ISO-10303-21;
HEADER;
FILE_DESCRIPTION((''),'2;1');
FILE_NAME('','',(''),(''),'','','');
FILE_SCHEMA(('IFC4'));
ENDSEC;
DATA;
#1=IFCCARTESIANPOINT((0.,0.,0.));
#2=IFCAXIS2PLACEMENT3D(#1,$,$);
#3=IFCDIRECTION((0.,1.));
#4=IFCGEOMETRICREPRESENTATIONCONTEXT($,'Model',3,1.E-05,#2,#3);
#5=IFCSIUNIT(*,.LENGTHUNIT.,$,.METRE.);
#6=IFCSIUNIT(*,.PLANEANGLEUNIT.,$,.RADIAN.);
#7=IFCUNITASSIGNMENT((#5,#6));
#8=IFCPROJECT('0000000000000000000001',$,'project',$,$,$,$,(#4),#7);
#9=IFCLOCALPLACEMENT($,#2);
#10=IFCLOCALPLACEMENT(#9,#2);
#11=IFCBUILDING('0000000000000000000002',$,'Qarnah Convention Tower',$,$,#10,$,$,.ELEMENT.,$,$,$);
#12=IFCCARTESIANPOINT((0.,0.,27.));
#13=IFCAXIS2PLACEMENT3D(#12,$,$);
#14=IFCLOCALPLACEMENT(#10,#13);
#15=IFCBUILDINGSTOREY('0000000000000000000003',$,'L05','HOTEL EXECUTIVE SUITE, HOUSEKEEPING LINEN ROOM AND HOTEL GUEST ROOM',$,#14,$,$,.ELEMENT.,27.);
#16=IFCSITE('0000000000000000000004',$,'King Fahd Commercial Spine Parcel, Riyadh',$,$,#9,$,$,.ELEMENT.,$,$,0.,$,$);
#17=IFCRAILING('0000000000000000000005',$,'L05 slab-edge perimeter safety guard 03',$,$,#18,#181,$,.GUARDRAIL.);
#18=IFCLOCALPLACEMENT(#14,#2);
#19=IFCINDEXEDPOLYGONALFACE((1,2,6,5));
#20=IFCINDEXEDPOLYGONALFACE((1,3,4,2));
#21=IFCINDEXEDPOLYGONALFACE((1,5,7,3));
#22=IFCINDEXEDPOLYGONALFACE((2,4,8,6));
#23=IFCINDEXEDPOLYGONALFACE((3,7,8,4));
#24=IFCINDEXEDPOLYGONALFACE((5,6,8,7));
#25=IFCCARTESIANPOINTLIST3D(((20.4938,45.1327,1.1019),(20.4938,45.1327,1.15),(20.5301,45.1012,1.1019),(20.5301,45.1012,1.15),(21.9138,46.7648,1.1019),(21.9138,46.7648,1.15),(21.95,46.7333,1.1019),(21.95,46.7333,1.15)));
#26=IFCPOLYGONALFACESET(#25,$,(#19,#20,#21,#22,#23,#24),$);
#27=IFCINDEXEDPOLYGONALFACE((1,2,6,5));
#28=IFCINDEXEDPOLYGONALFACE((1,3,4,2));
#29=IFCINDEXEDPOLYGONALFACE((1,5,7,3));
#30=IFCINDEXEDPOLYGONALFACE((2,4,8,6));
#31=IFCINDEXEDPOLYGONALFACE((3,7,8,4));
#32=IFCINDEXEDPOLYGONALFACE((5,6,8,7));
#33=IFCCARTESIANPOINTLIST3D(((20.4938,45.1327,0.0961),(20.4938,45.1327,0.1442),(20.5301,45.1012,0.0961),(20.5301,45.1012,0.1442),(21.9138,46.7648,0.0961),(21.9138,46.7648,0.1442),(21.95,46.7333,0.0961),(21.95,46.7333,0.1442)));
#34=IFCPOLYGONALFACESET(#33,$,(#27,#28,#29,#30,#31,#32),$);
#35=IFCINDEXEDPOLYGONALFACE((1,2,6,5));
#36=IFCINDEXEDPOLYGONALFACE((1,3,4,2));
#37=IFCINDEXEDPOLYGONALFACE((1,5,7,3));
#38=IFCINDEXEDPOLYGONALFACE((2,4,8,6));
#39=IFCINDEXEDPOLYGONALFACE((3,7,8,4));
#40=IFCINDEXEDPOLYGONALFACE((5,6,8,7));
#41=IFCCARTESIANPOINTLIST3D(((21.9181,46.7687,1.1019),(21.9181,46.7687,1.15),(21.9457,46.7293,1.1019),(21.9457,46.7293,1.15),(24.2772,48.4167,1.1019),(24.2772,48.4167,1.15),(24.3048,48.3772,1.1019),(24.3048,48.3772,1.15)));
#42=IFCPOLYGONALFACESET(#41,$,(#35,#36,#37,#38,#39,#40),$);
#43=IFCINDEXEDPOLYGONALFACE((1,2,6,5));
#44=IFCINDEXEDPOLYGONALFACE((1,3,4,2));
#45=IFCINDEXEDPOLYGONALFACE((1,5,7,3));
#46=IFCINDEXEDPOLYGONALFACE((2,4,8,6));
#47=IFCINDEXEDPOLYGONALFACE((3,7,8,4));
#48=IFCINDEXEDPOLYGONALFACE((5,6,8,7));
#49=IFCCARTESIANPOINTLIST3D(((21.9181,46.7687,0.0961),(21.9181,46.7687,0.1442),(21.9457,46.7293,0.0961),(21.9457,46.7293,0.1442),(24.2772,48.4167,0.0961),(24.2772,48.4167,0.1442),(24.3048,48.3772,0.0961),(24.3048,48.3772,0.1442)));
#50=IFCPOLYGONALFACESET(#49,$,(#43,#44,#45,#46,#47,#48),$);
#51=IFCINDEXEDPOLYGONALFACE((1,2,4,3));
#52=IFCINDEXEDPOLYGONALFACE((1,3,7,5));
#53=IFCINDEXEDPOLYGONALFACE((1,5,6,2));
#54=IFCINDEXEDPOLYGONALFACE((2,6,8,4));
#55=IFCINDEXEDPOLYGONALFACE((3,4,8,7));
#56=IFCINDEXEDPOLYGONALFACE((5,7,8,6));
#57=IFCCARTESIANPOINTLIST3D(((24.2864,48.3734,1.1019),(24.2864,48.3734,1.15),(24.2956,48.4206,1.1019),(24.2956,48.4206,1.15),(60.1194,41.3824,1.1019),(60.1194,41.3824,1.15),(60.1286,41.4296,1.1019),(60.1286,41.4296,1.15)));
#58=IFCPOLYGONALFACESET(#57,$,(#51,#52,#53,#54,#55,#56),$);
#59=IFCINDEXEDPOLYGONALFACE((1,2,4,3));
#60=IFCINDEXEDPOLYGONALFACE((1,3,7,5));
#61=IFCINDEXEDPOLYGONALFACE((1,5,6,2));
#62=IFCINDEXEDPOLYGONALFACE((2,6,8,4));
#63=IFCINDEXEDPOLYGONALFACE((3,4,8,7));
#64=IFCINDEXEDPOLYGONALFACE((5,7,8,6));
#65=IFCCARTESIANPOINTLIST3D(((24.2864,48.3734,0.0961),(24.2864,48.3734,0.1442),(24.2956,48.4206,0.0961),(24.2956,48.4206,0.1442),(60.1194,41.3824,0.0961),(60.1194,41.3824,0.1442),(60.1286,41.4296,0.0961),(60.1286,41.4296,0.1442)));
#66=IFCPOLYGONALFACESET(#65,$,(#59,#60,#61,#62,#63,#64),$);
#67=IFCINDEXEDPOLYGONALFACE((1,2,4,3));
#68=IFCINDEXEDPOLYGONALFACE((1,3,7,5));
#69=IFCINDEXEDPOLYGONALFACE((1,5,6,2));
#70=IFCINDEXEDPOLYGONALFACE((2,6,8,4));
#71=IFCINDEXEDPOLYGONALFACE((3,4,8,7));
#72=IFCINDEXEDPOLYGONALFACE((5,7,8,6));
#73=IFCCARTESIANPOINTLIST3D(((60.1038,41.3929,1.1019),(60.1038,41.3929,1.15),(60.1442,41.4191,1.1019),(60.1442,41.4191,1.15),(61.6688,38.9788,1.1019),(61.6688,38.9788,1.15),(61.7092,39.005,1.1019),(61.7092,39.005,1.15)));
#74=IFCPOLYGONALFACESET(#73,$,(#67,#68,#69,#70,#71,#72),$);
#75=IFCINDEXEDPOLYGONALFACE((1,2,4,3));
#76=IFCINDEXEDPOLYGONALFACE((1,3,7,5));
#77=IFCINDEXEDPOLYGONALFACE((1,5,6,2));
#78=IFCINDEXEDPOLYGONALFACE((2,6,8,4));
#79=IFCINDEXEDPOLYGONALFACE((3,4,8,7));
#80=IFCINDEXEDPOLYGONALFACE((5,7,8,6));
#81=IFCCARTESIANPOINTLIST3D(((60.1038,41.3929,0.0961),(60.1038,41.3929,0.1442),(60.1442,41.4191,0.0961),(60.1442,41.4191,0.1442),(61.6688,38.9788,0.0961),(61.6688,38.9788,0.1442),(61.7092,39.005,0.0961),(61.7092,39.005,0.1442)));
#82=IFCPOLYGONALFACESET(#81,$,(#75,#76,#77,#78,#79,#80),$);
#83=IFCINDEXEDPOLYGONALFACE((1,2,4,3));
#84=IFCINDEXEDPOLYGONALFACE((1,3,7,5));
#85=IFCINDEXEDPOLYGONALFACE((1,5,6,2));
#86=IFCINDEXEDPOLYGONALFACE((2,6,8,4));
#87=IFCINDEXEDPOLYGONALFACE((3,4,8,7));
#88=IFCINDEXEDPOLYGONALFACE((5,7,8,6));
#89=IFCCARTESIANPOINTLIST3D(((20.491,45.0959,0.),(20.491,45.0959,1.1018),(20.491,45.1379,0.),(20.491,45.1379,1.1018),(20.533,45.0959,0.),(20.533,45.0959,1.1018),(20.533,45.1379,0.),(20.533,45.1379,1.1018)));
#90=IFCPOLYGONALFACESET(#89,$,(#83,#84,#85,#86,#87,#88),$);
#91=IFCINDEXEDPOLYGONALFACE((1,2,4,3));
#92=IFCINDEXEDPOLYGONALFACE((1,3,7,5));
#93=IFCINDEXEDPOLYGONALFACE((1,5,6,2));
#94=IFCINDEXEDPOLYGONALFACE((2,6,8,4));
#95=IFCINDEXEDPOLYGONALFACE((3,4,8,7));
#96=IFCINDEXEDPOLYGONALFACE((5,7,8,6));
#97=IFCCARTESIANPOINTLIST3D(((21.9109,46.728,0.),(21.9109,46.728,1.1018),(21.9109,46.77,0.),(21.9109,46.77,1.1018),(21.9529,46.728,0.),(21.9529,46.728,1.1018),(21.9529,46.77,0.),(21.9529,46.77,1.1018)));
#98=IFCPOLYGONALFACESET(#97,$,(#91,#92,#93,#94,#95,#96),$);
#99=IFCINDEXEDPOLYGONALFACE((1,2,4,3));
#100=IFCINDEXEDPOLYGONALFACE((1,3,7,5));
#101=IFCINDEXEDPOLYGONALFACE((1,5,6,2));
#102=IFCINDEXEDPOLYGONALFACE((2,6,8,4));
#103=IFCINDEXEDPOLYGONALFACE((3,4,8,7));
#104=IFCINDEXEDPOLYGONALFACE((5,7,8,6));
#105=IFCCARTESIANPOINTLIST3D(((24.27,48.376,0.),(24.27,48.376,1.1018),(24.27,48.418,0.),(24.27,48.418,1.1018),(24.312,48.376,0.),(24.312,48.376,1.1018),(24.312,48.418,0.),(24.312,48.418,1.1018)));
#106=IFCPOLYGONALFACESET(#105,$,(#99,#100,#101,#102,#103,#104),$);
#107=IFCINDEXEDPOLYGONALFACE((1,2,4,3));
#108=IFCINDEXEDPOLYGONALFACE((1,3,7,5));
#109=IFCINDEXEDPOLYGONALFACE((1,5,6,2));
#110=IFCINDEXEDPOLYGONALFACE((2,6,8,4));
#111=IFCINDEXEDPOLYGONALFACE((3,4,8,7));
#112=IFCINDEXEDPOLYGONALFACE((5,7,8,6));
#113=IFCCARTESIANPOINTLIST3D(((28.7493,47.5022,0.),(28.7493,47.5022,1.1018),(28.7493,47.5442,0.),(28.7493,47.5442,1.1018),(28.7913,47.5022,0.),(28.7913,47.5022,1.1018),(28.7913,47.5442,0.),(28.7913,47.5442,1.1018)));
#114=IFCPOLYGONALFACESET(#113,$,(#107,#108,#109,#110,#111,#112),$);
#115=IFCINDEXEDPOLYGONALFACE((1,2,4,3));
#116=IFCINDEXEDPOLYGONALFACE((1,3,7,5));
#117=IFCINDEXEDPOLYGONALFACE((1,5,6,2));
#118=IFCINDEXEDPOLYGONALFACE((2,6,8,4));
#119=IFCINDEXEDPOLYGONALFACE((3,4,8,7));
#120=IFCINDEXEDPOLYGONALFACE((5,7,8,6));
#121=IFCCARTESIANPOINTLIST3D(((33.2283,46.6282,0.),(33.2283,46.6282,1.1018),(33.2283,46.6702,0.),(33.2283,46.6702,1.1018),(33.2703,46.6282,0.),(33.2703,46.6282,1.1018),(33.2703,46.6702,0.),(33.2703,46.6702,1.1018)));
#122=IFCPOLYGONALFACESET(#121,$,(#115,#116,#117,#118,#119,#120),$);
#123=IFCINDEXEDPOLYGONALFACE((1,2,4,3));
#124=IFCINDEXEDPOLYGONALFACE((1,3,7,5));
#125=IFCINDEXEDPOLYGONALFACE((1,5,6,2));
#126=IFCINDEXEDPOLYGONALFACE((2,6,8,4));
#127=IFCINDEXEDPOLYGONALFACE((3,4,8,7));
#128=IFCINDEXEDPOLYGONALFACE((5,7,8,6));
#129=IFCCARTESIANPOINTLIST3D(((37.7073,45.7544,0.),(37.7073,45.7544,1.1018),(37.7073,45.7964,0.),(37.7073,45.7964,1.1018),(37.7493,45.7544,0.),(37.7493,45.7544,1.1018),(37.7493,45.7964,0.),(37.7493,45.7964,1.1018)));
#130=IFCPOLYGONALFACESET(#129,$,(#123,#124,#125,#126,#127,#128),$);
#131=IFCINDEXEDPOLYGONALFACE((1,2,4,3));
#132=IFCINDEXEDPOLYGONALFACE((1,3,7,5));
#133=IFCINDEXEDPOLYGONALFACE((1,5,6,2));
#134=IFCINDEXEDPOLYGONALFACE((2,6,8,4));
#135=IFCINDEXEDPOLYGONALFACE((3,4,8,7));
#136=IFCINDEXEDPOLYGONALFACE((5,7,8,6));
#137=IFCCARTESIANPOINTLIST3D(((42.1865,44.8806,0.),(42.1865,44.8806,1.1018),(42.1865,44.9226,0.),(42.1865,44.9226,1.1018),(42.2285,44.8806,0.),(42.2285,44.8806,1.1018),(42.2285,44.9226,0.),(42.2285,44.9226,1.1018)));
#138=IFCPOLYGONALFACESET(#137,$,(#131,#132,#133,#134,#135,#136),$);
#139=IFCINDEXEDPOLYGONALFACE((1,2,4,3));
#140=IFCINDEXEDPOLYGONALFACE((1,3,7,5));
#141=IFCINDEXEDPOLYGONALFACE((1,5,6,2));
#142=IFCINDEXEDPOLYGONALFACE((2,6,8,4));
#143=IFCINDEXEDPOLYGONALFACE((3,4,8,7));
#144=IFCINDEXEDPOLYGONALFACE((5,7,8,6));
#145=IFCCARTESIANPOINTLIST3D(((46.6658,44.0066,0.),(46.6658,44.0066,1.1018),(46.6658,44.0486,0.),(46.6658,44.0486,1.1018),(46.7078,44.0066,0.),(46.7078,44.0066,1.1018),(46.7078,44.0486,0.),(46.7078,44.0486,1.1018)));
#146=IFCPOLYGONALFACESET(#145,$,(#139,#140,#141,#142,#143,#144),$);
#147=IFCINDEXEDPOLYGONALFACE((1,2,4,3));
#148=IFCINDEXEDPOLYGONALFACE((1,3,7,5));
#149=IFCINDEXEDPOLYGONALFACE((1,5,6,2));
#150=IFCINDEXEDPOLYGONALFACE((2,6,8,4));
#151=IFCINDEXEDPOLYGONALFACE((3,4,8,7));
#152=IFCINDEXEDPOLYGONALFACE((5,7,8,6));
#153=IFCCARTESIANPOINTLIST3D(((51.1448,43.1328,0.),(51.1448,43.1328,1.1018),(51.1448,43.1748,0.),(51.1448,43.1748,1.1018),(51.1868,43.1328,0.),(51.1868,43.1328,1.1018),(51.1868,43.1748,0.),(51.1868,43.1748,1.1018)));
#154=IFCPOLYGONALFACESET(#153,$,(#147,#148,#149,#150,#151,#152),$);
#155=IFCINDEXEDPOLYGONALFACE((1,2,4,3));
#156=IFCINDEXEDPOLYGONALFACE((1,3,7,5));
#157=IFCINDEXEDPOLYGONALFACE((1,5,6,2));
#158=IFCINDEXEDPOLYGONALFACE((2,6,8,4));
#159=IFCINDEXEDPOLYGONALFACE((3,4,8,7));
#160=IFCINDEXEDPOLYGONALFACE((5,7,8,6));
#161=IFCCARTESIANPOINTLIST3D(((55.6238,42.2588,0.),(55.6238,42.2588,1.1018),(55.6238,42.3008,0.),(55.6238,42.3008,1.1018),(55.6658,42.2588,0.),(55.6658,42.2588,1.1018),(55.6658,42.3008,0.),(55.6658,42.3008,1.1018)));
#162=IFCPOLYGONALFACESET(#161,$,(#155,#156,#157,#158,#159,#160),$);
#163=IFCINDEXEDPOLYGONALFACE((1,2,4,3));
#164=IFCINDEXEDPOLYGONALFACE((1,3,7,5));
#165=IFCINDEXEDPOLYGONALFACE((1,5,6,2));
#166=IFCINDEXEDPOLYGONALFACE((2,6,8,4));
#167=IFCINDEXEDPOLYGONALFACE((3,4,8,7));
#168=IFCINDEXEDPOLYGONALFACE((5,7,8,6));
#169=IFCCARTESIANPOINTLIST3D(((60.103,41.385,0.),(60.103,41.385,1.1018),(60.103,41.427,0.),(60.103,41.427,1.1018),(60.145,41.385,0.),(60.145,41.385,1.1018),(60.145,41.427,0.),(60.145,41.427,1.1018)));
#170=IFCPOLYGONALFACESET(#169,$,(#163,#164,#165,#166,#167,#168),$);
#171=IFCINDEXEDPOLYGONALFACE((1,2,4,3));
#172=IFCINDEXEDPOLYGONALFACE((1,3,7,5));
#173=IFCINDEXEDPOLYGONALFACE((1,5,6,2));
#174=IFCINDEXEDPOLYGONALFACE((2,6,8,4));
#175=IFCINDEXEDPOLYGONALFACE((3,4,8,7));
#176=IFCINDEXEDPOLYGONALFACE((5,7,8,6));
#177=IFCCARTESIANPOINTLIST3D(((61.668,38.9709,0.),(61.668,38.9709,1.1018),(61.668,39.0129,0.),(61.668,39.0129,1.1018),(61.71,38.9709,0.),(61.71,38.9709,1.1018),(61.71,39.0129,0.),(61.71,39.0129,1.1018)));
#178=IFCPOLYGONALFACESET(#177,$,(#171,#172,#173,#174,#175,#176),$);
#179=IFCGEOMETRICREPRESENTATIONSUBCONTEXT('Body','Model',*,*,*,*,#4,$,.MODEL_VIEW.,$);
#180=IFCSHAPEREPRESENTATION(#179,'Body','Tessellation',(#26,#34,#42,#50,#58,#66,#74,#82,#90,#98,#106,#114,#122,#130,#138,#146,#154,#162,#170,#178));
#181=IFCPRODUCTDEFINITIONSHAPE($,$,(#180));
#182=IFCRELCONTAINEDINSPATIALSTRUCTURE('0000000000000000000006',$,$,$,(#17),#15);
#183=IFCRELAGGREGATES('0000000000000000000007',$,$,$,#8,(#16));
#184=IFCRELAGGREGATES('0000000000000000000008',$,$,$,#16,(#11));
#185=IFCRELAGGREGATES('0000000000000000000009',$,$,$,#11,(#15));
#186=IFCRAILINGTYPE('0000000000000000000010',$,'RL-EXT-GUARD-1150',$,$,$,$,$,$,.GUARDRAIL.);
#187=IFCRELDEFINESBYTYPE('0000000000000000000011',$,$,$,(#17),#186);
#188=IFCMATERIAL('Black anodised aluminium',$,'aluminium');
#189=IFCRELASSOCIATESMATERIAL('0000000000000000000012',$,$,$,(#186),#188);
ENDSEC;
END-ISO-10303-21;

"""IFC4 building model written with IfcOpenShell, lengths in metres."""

from ifc_helpers import new_model, si_unit, direction, frame, origin, origin_2d, place, context, subcontext, project, spatial, rectangle, extrude, material, type_object, element, save


model = new_model("IFC4")

# Units and contexts
model_context = context("Model", 3, precision=1e-05, world=origin(), true_north=direction((0.0, 1.0)))
body_context = subcontext(model_context, "Body", "Model", "MODEL_VIEW")
ifc_project = project(units=[si_unit("LENGTHUNIT", "METRE"), si_unit("PLANEANGLEUNIT", "RADIAN")], contexts=[model_context])

# Site, building, storey
site_placement = place(None, origin())
site = spatial("IfcSite", under=ifc_project, at=site_placement, Name="King Fahd Commercial Spine Parcel, Riyadh", CompositionType="ELEMENT", RefElevation=0.0)
building_placement = place(site_placement, origin())
building = spatial("IfcBuilding", under=site, at=building_placement, Name="Qarnah Convention Tower", CompositionType="ELEMENT")
storey_placement = place(building_placement, frame((0.0, 0.0, 27.0)))
storey = spatial("IfcBuildingStorey", under=building, at=storey_placement, Name="L05", Description="HOTEL EXECUTIVE SUITE, HOUSEKEEPING LINEN ROOM AND HOTEL GUEST ROOM", CompositionType="ELEMENT", Elevation=27.0)

# Shared definitions
ifc_material_1 = material(Name="Black anodised aluminium", Category="aluminium")

# Railing
railing_type = type_object("IfcRailingType", Name="RL-EXT-GUARD-1150", PredefinedType="GUARDRAIL", material=ifc_material_1)
railing_1_placement = place(storey_placement, frame((20.512, 45.1169, 0.0)))
element("IfcRailing", 1, at=railing_1_placement, inside=storey, type_object=railing_type, Name="L05 slab-edge perimeter safety guard 03", PredefinedType="GUARDRAIL", context=body_context, shape_type="SweptSolid", body=[
    extrude(rectangle(XDim=0.0481, YDim=0.0481, at=origin_2d()), frame((0.0, 0.0, 1.126), z_axis=(0.656369, 0.75444, 0.0), x_axis=(-0.75444, 0.656369, 0.0)), (0.0, 0.0, 1.0), 2.1633),
    extrude(rectangle(XDim=0.0481, YDim=0.0481, at=origin_2d()), frame((0.0, 0.0, 0.1201), z_axis=(0.656369, 0.75444, 0.0), x_axis=(-0.75444, 0.656369, 0.0)), (0.0, 0.0, 1.0), 2.1633),
    extrude(rectangle(XDim=0.0481, YDim=0.0481, at=origin_2d()), frame((1.4199, 1.6321, 1.126), z_axis=(0.819794, 0.572659, 0.0), x_axis=(-0.572659, 0.819794, 0.0)), (0.0, 0.0, 1.0), 2.8777),
    extrude(rectangle(XDim=0.0481, YDim=0.0481, at=origin_2d()), frame((1.4199, 1.6321, 0.1201), z_axis=(0.819794, 0.572659, 0.0), x_axis=(-0.572659, 0.819794, 0.0)), (0.0, 0.0, 1.0), 2.8777),
    extrude(rectangle(XDim=0.0481, YDim=0.0481, at=origin_2d()), frame((3.7791, 3.28, 1.126), z_axis=(0.981495, -0.191488, 0.0), x_axis=(0.191488, 0.981495, 0.0)), (0.0, 0.0, 1.0), 36.5085),
    extrude(rectangle(XDim=0.0481, YDim=0.0481, at=origin_2d()), frame((3.7791, 3.28, 0.1201), z_axis=(0.981495, -0.191488, 0.0), x_axis=(0.191488, 0.981495, 0.0)), (0.0, 0.0, 1.0), 36.5085),
    extrude(rectangle(XDim=0.0481, YDim=0.0481, at=origin_2d()), frame((39.6121, -3.7109, 1.126), z_axis=(0.543962, -0.83911, 0.0), x_axis=(0.83911, 0.543962, 0.0)), (0.0, 0.0, 1.0), 2.877),
    extrude(rectangle(XDim=0.0481, YDim=0.0481, at=origin_2d()), frame((39.6121, -3.7109, 0.1201), z_axis=(0.543962, -0.83911, 0.0), x_axis=(0.83911, 0.543962, 0.0)), (0.0, 0.0, 1.0), 2.877),
    extrude(rectangle(XDim=0.042, YDim=0.042, at=origin_2d()), origin(), (0.0, 0.0, 1.0), 1.1018),
    extrude(rectangle(XDim=0.042, YDim=0.042, at=origin_2d()), frame((1.4199, 1.6321, 0.0)), (0.0, 0.0, 1.0), 1.1018),
    extrude(rectangle(XDim=0.042, YDim=0.042, at=origin_2d()), frame((3.7791, 3.28, 0.0)), (0.0, 0.0, 1.0), 1.1018),
    extrude(rectangle(XDim=0.042, YDim=0.042, at=origin_2d()), frame((8.2583, 2.4062, 0.0)), (0.0, 0.0, 1.0), 1.1018),
    extrude(rectangle(XDim=0.042, YDim=0.042, at=origin_2d()), frame((12.7373, 1.5322, 0.0)), (0.0, 0.0, 1.0), 1.1018),
    extrude(rectangle(XDim=0.042, YDim=0.042, at=origin_2d()), frame((17.2163, 0.6584, 0.0)), (0.0, 0.0, 1.0), 1.1018),
    extrude(rectangle(XDim=0.042, YDim=0.042, at=origin_2d()), frame((21.6956, -0.2153, 0.0)), (0.0, 0.0, 1.0), 1.1018),
    extrude(rectangle(XDim=0.042, YDim=0.042, at=origin_2d()), frame((26.1748, -1.0894, 0.0)), (0.0, 0.0, 1.0), 1.1018),
    extrude(rectangle(XDim=0.042, YDim=0.042, at=origin_2d()), frame((30.6538, -1.9631, 0.0)), (0.0, 0.0, 1.0), 1.1018),
    extrude(rectangle(XDim=0.042, YDim=0.042, at=origin_2d()), frame((35.1328, -2.8372, 0.0)), (0.0, 0.0, 1.0), 1.1018),
    extrude(rectangle(XDim=0.042, YDim=0.042, at=origin_2d()), frame((39.6121, -3.7109, 0.0)), (0.0, 0.0, 1.0), 1.1018),
    extrude(rectangle(XDim=0.042, YDim=0.042, at=origin_2d()), frame((41.177, -6.125, 0.0)), (0.0, 0.0, 1.0), 1.1018),
])

save(model, "model.ifc")
